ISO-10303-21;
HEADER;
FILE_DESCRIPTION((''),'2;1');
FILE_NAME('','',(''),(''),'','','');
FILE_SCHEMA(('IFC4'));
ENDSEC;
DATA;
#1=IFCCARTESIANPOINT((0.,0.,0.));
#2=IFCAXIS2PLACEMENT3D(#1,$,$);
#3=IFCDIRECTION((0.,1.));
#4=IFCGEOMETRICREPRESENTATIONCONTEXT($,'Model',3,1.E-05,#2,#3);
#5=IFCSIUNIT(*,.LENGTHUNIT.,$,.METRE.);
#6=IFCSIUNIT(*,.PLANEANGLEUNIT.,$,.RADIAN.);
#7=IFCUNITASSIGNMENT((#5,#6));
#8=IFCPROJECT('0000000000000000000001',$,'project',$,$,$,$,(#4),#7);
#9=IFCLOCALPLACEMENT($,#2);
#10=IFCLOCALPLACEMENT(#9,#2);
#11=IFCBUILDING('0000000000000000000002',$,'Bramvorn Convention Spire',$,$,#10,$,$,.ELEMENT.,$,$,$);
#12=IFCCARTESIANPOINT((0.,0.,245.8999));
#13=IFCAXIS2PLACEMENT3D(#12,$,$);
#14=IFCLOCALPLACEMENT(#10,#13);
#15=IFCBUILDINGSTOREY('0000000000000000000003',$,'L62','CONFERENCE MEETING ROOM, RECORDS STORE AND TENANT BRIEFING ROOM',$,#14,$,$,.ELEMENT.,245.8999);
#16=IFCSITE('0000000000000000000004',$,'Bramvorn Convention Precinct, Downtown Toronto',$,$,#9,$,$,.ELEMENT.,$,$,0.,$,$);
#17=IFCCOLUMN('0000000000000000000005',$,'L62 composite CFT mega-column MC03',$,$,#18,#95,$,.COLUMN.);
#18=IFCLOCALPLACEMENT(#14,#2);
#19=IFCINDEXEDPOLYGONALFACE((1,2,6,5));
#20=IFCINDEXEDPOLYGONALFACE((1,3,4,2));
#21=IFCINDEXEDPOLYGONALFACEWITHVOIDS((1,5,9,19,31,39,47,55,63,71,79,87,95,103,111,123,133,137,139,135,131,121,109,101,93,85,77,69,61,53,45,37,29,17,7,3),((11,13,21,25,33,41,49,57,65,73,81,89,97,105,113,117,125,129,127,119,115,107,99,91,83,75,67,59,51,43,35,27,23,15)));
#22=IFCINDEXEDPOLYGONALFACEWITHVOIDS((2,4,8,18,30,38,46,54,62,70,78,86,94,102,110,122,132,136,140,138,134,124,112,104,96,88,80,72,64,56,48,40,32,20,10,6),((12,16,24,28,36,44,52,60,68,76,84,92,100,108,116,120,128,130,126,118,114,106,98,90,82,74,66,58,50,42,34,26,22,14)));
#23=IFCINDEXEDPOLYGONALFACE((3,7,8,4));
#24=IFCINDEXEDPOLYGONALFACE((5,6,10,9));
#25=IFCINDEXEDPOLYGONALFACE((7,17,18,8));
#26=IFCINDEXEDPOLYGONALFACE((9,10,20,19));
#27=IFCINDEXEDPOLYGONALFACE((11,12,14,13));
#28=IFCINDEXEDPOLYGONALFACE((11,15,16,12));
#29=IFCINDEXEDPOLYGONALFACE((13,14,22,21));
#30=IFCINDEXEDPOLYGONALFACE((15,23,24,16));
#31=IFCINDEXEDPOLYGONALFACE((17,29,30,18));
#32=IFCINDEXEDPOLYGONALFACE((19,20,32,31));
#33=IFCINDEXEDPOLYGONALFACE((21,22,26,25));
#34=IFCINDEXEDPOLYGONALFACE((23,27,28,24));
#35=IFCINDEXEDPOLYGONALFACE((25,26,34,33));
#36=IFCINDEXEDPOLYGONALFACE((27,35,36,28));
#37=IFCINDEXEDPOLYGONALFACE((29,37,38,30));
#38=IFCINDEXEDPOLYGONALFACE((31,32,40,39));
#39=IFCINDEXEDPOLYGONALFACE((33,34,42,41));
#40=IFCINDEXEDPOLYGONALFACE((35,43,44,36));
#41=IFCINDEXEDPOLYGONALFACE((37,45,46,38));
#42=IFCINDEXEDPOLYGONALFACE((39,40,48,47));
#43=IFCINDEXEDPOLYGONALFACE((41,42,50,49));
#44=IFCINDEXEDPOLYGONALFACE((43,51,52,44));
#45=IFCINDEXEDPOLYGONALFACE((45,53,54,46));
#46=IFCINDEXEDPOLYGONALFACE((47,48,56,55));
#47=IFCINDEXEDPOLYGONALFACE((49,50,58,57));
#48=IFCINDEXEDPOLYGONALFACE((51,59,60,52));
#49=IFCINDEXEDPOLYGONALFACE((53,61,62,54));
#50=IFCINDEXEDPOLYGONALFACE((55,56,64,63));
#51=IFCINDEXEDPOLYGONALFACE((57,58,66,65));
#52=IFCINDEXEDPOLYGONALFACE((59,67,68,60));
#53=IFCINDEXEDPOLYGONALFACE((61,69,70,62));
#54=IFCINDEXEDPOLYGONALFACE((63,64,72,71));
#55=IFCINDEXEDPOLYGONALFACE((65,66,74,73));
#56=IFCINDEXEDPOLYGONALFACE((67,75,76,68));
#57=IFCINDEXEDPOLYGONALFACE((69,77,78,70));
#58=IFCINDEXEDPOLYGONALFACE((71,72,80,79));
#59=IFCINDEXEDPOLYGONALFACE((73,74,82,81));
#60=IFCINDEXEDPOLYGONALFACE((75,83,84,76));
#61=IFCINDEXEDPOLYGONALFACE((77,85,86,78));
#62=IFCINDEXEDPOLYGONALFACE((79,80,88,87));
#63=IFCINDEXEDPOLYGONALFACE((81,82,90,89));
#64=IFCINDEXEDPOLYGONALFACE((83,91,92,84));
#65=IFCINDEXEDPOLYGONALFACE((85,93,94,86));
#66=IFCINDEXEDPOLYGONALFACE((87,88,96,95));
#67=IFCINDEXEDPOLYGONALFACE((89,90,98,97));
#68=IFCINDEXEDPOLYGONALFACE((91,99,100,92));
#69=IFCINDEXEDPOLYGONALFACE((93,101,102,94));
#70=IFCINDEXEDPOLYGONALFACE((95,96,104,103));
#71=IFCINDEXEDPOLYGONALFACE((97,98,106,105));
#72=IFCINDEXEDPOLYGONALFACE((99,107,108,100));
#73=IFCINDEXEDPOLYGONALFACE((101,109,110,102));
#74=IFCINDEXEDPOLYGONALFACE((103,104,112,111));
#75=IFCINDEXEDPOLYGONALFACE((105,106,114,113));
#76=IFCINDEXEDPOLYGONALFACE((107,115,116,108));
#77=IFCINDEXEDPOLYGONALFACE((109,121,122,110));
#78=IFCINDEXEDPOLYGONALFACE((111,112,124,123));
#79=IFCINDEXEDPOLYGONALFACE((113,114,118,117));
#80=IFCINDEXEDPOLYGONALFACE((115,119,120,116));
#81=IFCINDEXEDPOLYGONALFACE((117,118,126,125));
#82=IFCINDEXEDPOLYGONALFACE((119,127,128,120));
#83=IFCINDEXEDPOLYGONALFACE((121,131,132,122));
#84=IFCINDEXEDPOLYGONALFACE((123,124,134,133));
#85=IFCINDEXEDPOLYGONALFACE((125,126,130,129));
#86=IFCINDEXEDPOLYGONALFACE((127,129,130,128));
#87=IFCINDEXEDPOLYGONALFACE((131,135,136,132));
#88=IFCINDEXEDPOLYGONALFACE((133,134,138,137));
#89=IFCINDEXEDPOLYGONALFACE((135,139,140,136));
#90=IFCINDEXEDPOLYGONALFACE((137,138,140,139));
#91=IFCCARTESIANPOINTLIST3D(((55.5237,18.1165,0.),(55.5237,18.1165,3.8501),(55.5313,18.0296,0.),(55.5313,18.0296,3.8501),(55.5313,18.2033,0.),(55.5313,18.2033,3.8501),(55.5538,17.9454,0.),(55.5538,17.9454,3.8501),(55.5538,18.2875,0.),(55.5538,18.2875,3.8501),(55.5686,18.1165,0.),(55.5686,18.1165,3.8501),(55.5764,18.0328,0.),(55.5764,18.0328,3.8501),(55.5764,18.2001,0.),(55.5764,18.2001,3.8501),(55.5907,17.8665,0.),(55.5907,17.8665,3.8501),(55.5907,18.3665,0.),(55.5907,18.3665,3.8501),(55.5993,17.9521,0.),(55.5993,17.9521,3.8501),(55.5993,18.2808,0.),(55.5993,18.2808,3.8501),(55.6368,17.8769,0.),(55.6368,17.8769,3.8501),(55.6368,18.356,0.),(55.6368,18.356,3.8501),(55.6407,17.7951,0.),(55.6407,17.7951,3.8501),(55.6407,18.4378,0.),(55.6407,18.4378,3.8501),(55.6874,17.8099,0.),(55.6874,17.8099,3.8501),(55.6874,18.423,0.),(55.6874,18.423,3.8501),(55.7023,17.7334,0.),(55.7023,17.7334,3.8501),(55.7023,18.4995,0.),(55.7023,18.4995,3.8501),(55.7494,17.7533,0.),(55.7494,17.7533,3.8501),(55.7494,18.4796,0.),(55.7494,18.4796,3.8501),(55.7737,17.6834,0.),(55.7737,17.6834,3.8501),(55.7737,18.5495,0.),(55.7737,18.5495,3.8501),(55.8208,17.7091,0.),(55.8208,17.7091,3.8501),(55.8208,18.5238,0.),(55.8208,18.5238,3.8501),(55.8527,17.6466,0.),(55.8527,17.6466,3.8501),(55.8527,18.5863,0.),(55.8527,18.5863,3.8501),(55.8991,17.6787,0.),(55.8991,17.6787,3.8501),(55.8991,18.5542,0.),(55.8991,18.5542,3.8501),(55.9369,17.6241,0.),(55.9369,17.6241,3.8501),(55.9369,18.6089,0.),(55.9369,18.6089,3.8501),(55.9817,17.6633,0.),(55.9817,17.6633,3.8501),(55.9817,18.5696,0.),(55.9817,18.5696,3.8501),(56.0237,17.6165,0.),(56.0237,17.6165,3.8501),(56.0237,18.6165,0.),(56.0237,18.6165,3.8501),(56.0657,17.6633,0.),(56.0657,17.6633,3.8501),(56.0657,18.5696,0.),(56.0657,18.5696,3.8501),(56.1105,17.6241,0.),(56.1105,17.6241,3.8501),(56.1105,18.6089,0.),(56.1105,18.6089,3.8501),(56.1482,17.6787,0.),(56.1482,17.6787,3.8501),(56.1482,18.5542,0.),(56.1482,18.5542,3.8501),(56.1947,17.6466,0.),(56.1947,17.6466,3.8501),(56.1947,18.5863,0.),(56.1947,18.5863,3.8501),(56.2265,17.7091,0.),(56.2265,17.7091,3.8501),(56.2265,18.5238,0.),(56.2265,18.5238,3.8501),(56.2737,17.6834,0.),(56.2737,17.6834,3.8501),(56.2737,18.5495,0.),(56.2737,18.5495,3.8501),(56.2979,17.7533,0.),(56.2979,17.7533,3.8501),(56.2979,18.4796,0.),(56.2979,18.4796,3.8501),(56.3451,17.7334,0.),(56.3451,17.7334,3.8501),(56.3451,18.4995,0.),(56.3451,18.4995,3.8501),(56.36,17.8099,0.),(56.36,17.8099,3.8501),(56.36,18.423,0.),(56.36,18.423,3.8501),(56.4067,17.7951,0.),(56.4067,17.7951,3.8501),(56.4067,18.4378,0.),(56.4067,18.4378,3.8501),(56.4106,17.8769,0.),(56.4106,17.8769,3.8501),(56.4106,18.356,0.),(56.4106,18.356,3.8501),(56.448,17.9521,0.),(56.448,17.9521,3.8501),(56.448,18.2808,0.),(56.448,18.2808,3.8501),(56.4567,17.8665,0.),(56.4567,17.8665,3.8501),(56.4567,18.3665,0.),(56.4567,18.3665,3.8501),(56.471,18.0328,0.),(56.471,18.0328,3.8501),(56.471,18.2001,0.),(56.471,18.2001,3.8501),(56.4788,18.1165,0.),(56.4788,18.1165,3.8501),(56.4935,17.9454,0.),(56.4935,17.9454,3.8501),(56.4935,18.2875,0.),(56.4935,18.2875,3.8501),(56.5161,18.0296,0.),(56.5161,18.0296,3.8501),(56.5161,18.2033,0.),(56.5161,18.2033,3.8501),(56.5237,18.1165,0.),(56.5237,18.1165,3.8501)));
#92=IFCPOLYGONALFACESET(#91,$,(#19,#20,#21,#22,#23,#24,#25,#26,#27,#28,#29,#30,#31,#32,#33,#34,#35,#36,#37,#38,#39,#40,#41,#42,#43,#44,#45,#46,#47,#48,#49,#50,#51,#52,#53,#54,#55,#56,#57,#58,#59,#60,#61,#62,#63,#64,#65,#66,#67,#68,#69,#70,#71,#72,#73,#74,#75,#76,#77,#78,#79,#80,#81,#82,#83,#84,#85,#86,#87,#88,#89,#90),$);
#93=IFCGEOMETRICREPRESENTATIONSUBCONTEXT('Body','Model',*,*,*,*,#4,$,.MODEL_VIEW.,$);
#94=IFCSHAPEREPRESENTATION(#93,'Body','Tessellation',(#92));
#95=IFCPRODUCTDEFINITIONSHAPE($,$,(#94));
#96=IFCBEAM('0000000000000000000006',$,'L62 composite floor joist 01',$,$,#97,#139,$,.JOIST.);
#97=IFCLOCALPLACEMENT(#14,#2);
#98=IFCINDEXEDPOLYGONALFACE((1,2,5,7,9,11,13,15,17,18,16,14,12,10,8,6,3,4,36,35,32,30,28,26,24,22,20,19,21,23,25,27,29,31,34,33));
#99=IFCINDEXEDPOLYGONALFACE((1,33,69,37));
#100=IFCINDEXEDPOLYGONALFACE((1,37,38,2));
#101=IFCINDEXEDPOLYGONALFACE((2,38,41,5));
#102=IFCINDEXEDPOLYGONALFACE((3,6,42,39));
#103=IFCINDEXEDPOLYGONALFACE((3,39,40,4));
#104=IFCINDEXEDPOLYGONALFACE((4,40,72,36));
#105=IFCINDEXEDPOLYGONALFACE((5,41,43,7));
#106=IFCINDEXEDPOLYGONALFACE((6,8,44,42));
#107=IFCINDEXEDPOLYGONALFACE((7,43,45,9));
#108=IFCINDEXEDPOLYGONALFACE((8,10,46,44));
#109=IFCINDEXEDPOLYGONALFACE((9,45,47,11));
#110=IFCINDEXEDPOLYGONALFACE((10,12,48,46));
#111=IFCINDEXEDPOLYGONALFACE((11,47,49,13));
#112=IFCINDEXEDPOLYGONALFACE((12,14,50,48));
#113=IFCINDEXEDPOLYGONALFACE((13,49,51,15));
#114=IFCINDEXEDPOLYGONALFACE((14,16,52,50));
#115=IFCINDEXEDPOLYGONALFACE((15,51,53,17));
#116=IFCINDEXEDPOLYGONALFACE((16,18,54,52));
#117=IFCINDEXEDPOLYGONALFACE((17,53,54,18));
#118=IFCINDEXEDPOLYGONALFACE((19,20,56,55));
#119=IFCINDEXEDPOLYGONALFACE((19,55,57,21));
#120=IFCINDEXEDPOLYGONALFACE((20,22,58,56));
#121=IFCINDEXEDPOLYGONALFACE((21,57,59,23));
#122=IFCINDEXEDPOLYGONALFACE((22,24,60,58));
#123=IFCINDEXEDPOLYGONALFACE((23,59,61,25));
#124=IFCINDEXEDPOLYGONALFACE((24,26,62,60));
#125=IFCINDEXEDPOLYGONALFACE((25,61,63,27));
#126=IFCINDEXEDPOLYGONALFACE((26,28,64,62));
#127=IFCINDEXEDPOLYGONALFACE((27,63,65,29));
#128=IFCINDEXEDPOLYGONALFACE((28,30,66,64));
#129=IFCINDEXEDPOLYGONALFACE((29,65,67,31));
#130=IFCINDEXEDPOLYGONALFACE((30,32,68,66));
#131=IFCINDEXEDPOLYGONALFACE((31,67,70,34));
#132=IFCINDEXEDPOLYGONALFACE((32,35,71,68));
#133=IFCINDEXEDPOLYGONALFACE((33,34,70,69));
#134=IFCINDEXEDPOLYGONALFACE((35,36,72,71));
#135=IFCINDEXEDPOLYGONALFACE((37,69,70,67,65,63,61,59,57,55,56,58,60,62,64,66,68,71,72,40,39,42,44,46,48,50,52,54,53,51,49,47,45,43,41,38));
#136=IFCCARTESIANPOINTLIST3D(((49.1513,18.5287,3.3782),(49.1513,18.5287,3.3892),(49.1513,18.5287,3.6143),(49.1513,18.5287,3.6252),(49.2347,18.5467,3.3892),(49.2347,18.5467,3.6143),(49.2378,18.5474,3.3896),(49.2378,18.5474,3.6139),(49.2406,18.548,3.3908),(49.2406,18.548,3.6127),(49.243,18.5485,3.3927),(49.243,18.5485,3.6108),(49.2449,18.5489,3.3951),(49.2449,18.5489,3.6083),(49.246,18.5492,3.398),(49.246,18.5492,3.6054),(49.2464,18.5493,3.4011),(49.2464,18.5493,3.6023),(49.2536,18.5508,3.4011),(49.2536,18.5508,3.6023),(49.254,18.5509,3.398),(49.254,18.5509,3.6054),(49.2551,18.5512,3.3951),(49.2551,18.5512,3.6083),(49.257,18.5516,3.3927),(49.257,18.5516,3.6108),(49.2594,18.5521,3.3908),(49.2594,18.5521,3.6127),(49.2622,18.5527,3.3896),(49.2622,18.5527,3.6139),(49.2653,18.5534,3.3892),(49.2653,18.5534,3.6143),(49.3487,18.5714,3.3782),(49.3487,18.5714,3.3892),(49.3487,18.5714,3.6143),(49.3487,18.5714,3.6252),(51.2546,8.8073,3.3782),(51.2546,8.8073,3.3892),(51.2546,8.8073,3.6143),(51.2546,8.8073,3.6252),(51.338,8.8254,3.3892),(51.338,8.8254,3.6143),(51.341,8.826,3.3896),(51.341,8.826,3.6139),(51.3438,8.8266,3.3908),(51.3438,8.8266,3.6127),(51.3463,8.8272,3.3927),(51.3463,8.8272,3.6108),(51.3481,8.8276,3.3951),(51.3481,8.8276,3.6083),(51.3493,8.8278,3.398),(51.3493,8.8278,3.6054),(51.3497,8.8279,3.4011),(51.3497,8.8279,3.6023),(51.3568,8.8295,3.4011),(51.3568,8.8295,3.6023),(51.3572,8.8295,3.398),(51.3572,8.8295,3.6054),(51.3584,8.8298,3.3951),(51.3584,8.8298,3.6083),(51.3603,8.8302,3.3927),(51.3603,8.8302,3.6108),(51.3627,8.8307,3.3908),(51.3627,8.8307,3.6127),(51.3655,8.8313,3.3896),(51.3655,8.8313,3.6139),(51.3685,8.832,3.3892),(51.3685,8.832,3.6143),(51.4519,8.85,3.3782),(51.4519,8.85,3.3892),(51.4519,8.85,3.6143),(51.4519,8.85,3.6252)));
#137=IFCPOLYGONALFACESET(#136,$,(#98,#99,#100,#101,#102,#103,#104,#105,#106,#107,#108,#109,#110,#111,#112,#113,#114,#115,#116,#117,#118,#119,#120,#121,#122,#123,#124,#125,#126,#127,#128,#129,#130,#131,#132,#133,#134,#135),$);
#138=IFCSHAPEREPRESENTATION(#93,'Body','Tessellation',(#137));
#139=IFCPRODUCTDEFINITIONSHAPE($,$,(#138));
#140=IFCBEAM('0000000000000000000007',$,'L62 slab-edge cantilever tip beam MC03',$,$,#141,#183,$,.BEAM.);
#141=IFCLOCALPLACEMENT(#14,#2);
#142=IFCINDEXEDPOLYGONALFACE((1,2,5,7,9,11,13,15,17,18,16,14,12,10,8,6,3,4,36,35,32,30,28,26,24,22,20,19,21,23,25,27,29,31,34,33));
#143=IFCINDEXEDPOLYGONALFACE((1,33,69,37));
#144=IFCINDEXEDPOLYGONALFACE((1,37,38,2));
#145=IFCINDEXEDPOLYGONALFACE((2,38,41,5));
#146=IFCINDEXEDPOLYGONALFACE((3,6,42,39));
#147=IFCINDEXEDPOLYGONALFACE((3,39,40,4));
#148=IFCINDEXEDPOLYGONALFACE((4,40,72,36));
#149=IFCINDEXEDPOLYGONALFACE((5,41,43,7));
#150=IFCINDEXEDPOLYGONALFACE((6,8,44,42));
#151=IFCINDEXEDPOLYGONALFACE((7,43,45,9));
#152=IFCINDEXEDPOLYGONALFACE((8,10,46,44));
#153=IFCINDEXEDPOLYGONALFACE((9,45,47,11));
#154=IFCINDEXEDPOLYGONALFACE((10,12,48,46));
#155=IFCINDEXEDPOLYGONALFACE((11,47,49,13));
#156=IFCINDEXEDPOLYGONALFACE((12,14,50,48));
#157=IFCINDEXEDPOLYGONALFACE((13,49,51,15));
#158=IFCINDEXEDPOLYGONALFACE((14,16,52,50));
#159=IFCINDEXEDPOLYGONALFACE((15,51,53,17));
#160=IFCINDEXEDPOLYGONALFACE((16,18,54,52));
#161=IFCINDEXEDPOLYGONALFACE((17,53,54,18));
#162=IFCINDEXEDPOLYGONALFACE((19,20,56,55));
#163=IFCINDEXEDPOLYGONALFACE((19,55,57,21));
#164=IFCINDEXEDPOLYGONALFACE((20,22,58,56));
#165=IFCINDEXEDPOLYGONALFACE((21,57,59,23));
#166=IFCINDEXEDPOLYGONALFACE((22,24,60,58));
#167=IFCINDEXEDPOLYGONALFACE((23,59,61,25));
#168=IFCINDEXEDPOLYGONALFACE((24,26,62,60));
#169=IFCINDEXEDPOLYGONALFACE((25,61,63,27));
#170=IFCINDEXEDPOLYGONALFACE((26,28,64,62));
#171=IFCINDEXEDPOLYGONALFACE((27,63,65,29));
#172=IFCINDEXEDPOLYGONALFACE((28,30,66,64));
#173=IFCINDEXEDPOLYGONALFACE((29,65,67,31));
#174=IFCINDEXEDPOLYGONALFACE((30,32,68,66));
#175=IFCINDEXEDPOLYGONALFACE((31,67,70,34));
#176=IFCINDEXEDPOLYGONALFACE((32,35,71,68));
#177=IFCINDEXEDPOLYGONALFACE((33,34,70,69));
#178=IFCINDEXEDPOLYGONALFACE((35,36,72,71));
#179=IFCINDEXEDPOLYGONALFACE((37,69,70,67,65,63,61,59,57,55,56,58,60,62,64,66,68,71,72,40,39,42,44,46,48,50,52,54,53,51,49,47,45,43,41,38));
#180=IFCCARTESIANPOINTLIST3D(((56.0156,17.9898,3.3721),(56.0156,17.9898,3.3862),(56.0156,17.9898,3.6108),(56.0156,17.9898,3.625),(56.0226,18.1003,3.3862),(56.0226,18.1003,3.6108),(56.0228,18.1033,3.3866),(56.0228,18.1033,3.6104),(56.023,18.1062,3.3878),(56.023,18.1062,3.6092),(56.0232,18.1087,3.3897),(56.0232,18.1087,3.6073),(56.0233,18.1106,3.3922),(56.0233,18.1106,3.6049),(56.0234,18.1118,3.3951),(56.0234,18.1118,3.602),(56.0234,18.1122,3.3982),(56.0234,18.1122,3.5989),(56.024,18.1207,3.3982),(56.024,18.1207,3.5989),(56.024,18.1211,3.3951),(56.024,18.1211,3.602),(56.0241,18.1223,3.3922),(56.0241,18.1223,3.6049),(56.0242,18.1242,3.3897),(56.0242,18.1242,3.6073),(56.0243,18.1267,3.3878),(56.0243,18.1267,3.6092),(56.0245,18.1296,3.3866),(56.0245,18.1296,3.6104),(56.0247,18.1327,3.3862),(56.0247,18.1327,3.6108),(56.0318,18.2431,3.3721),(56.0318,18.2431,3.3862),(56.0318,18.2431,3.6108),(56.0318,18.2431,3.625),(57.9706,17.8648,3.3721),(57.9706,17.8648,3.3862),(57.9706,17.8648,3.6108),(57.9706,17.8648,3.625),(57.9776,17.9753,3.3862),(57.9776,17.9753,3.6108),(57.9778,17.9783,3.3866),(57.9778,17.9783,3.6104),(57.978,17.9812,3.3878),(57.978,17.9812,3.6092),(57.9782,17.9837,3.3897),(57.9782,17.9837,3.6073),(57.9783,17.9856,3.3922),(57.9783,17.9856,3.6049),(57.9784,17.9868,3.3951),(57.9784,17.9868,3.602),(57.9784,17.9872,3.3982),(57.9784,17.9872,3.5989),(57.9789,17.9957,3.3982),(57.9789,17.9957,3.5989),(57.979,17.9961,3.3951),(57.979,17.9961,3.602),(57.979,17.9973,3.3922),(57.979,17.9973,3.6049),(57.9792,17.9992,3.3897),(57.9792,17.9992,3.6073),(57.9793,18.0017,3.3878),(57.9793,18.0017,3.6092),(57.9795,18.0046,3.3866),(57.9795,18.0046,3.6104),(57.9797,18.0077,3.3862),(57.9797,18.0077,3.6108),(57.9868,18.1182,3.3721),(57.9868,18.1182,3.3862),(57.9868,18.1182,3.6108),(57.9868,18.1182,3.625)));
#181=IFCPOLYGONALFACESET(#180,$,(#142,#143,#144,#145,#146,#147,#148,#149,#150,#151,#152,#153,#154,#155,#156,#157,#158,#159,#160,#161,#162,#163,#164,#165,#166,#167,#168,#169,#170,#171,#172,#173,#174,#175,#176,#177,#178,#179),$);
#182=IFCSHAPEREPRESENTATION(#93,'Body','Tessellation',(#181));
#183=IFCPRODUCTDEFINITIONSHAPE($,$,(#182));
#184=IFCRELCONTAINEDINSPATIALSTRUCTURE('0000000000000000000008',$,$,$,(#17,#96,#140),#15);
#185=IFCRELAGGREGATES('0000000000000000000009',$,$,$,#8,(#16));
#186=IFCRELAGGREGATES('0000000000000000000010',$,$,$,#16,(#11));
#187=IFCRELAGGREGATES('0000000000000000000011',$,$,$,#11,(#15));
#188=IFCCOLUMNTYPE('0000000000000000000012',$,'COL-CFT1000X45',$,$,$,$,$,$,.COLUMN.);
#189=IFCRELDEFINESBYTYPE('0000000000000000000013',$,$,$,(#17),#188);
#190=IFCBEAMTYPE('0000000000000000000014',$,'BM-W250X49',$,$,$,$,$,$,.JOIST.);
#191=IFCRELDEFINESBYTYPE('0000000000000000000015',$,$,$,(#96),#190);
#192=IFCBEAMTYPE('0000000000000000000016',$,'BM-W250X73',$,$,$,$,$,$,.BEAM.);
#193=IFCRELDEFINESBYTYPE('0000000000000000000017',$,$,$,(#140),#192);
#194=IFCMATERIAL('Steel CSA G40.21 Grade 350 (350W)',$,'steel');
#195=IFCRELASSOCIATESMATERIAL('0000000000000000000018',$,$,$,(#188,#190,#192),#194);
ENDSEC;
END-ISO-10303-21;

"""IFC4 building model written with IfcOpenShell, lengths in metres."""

from ifc_helpers import new_model, si_unit, direction, frame, origin, origin_2d, place, context, subcontext, project, spatial, hollow_circle, i_section, extrude, material, material_profile, profile_set, type_object, element, save


model = new_model("IFC4")

# Units and contexts
model_context = context("Model", 3, precision=1e-05, world=origin(), true_north=direction((0.0, 1.0)))
body_context = subcontext(model_context, "Body", "Model", "MODEL_VIEW")
ifc_project = project(units=[si_unit("LENGTHUNIT", "METRE"), si_unit("PLANEANGLEUNIT", "RADIAN")], contexts=[model_context])

# Site, building, storey
site_placement = place(None, origin())
site = spatial("IfcSite", under=ifc_project, at=site_placement, Name="Bramvorn Convention Precinct, Downtown Toronto", CompositionType="ELEMENT", RefElevation=0.0)
building_placement = place(site_placement, origin())
building = spatial("IfcBuilding", under=site, at=building_placement, Name="Bramvorn Convention Spire", CompositionType="ELEMENT")
storey_placement = place(building_placement, frame((0.0, 0.0, 245.8999)))
storey = spatial("IfcBuildingStorey", under=building, at=storey_placement, Name="L62", Description="CONFERENCE MEETING ROOM, RECORDS STORE AND TENANT BRIEFING ROOM", CompositionType="ELEMENT", Elevation=245.8999)

# Column
ifc_material_1 = material(Name="Steel CSA G40.21 Grade 350 (350W)", Category="steel")
ifc_material_profile_1 = material_profile(ifc_material_1, hollow_circle(Radius=0.5, WallThickness=0.0449, at=origin_2d()))
ifc_profile_set_1 = profile_set([ifc_material_profile_1], Name="Steel CSA G40.21 Grade 350 (350W) - CFT1000X45")
column_type = type_object("IfcColumnType", Name="COL-CFT1000X45", PredefinedType="COLUMN", material=ifc_profile_set_1)
column_placement = place(storey_placement, frame((56.0237, 18.1165, 0.0), z_axis=(0.0, 0.0, 1.0), x_axis=(1.0, 0.0, 0.0)))
element("IfcColumn", 1, at=column_placement, inside=storey, type_object=column_type, Name="L62 composite CFT mega-column MC03", PredefinedType="COLUMN", context=body_context, shape_type="SweptSolid", body=[
    extrude(hollow_circle(Radius=0.5, WallThickness=0.0449, at=origin_2d()), origin(), (0.0, 0.0, 1.0), 3.8501),
])

# Beams
ifc_material_profile_2 = material_profile(ifc_material_1, i_section(OverallWidth=0.2019, OverallDepth=0.2471, WebThickness=0.0073, FlangeThickness=0.011, FilletRadius=0.012, at=origin_2d()))
ifc_profile_set_2 = profile_set([ifc_material_profile_2], Name="Steel CSA G40.21 Grade 350 (350W) - W250X49")
beam_type_1 = type_object("IfcBeamType", Name="BM-W250X49", PredefinedType="JOIST", material=ifc_profile_set_2)
beam_1_placement = place(storey_placement, frame((49.25, 18.55, 3.5017), z_axis=(0.211461, -0.977386, 0.0), x_axis=(0.977386, 0.211461, 0.0)))
element("IfcBeam", 2, at=beam_1_placement, inside=storey, type_object=beam_type_1, Name="L62 composite floor joist 01", PredefinedType="JOIST", context=body_context, shape_type="SweptSolid", body=[
    extrude(i_section(OverallWidth=0.2019, OverallDepth=0.2471, WebThickness=0.0073, FlangeThickness=0.011, FilletRadius=0.012, at=origin_2d()), origin(), (0.0, 0.0, 1.0), 9.9463),
])
ifc_material_profile_3 = material_profile(ifc_material_1, i_section(OverallWidth=0.2539, OverallDepth=0.2529, WebThickness=0.0085, FlangeThickness=0.0142, FilletRadius=0.012, at=origin_2d()))
ifc_profile_set_3 = profile_set([ifc_material_profile_3], Name="Steel CSA G40.21 Grade 350 (350W) - W250X73")
beam_type_2 = type_object("IfcBeamType", Name="BM-W250X73", PredefinedType="BEAM", material=ifc_profile_set_3)
beam_2_placement = place(storey_placement, frame((56.0237, 18.1165, 3.4985), z_axis=(0.997962, -0.063806, 0.0), x_axis=(0.063806, 0.997962, 0.0)))
element("IfcBeam", 3, at=beam_2_placement, inside=storey, type_object=beam_type_2, Name="L62 slab-edge cantilever tip beam MC03", PredefinedType="BEAM", context=body_context, shape_type="SweptSolid", body=[
    extrude(i_section(OverallWidth=0.2539, OverallDepth=0.2529, WebThickness=0.0085, FlangeThickness=0.0142, FilletRadius=0.012, at=origin_2d()), origin(), (0.0, 0.0, 1.0), 1.959),
])

save(model, "model.ifc")
